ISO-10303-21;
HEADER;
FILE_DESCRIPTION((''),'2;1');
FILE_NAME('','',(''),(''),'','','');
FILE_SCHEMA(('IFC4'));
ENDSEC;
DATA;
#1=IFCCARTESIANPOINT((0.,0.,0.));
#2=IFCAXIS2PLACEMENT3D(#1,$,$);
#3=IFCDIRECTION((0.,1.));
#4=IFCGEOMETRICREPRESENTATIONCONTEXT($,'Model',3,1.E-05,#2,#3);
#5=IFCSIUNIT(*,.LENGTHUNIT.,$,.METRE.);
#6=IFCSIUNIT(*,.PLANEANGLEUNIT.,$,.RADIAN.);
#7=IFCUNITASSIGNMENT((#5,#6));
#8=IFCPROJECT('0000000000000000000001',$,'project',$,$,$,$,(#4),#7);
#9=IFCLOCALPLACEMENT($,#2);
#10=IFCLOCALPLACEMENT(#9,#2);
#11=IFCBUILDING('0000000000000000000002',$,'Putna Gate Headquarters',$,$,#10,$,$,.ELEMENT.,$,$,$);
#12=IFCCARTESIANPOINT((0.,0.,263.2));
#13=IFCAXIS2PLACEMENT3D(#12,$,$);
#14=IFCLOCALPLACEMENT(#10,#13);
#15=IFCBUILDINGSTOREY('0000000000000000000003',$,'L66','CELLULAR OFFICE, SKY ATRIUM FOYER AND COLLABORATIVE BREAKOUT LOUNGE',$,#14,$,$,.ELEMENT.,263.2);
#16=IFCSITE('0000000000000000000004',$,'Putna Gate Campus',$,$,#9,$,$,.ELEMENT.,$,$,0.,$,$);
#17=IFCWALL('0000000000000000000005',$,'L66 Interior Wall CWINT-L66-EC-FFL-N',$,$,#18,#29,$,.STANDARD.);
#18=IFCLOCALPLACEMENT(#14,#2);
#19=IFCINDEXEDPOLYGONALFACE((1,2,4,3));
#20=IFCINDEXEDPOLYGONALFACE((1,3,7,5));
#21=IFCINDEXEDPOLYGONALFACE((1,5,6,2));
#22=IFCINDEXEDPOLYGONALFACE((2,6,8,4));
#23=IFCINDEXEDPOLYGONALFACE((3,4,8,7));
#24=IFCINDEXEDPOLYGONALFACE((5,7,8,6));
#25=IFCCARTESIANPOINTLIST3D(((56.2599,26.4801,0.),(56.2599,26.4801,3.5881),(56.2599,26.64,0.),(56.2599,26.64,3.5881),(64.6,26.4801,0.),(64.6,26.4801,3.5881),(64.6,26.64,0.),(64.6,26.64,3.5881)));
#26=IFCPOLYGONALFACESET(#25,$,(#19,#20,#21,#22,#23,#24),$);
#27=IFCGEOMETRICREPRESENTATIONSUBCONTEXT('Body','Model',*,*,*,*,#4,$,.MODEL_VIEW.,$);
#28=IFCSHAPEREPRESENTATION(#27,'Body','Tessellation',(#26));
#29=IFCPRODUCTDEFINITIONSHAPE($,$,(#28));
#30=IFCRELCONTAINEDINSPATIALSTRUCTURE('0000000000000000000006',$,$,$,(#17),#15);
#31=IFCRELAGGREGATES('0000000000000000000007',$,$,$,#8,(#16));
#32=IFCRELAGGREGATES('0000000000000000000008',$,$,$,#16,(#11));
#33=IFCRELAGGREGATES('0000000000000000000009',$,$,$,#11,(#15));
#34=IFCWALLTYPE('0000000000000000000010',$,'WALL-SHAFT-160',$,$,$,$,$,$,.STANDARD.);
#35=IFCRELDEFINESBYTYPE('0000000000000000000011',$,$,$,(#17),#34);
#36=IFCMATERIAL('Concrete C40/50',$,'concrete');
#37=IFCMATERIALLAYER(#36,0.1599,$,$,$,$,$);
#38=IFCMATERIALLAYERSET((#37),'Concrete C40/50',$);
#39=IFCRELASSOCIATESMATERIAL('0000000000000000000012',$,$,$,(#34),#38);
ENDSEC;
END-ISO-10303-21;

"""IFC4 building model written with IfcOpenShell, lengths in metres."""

from ifc_helpers import new_model, si_unit, direction, frame, frame_2d, origin, place, context, subcontext, project, spatial, rectangle, extrude, material, layer, layer_set, type_object, element, save


model = new_model("IFC4")

# Units and contexts
model_context = context("Model", 3, precision=1e-05, world=origin(), true_north=direction((0.0, 1.0)))
body_context = subcontext(model_context, "Body", "Model", "MODEL_VIEW")
ifc_project = project(units=[si_unit("LENGTHUNIT", "METRE"), si_unit("PLANEANGLEUNIT", "RADIAN")], contexts=[model_context])

# Site, building, storey
site_placement = place(None, origin())
site = spatial("IfcSite", under=ifc_project, at=site_placement, Name="Putna Gate Campus", CompositionType="ELEMENT", RefElevation=0.0)
building_placement = place(site_placement, origin())
building = spatial("IfcBuilding", under=site, at=building_placement, Name="Putna Gate Headquarters", CompositionType="ELEMENT")
storey_placement = place(building_placement, frame((0.0, 0.0, 263.2)))
storey = spatial("IfcBuildingStorey", under=building, at=storey_placement, Name="L66", Description="CELLULAR OFFICE, SKY ATRIUM FOYER AND COLLABORATIVE BREAKOUT LOUNGE", CompositionType="ELEMENT", Elevation=263.2)

# Wall
ifc_material_1 = material(Name="Concrete C40/50", Category="concrete")
ifc_layer_1 = layer(ifc_material_1, 0.1599)
ifc_layer_set_1 = layer_set([ifc_layer_1], Name="Concrete C40/50")
wall_type_1 = type_object("IfcWallType", Name="WALL-SHAFT-160", PredefinedType="STANDARD", material=ifc_layer_set_1)
wall_1_placement = place(storey_placement, frame((56.26, 26.5601, 0.0), z_axis=(0.0, 0.0, 1.0), x_axis=(1.0, 0.0, 0.0)))
element("IfcWall", 1, at=wall_1_placement, inside=storey, type_object=wall_type_1, Name="L66 Interior Wall CWINT-L66-EC-FFL-N", PredefinedType="STANDARD", context=body_context, shape_type="SweptSolid", body=[
    extrude(rectangle(XDim=8.3401, YDim=0.1599, at=frame_2d((4.1699, 0.0))), origin(), (0.0, 0.0, 1.0), 3.5881),
])

save(model, "model.ifc")
